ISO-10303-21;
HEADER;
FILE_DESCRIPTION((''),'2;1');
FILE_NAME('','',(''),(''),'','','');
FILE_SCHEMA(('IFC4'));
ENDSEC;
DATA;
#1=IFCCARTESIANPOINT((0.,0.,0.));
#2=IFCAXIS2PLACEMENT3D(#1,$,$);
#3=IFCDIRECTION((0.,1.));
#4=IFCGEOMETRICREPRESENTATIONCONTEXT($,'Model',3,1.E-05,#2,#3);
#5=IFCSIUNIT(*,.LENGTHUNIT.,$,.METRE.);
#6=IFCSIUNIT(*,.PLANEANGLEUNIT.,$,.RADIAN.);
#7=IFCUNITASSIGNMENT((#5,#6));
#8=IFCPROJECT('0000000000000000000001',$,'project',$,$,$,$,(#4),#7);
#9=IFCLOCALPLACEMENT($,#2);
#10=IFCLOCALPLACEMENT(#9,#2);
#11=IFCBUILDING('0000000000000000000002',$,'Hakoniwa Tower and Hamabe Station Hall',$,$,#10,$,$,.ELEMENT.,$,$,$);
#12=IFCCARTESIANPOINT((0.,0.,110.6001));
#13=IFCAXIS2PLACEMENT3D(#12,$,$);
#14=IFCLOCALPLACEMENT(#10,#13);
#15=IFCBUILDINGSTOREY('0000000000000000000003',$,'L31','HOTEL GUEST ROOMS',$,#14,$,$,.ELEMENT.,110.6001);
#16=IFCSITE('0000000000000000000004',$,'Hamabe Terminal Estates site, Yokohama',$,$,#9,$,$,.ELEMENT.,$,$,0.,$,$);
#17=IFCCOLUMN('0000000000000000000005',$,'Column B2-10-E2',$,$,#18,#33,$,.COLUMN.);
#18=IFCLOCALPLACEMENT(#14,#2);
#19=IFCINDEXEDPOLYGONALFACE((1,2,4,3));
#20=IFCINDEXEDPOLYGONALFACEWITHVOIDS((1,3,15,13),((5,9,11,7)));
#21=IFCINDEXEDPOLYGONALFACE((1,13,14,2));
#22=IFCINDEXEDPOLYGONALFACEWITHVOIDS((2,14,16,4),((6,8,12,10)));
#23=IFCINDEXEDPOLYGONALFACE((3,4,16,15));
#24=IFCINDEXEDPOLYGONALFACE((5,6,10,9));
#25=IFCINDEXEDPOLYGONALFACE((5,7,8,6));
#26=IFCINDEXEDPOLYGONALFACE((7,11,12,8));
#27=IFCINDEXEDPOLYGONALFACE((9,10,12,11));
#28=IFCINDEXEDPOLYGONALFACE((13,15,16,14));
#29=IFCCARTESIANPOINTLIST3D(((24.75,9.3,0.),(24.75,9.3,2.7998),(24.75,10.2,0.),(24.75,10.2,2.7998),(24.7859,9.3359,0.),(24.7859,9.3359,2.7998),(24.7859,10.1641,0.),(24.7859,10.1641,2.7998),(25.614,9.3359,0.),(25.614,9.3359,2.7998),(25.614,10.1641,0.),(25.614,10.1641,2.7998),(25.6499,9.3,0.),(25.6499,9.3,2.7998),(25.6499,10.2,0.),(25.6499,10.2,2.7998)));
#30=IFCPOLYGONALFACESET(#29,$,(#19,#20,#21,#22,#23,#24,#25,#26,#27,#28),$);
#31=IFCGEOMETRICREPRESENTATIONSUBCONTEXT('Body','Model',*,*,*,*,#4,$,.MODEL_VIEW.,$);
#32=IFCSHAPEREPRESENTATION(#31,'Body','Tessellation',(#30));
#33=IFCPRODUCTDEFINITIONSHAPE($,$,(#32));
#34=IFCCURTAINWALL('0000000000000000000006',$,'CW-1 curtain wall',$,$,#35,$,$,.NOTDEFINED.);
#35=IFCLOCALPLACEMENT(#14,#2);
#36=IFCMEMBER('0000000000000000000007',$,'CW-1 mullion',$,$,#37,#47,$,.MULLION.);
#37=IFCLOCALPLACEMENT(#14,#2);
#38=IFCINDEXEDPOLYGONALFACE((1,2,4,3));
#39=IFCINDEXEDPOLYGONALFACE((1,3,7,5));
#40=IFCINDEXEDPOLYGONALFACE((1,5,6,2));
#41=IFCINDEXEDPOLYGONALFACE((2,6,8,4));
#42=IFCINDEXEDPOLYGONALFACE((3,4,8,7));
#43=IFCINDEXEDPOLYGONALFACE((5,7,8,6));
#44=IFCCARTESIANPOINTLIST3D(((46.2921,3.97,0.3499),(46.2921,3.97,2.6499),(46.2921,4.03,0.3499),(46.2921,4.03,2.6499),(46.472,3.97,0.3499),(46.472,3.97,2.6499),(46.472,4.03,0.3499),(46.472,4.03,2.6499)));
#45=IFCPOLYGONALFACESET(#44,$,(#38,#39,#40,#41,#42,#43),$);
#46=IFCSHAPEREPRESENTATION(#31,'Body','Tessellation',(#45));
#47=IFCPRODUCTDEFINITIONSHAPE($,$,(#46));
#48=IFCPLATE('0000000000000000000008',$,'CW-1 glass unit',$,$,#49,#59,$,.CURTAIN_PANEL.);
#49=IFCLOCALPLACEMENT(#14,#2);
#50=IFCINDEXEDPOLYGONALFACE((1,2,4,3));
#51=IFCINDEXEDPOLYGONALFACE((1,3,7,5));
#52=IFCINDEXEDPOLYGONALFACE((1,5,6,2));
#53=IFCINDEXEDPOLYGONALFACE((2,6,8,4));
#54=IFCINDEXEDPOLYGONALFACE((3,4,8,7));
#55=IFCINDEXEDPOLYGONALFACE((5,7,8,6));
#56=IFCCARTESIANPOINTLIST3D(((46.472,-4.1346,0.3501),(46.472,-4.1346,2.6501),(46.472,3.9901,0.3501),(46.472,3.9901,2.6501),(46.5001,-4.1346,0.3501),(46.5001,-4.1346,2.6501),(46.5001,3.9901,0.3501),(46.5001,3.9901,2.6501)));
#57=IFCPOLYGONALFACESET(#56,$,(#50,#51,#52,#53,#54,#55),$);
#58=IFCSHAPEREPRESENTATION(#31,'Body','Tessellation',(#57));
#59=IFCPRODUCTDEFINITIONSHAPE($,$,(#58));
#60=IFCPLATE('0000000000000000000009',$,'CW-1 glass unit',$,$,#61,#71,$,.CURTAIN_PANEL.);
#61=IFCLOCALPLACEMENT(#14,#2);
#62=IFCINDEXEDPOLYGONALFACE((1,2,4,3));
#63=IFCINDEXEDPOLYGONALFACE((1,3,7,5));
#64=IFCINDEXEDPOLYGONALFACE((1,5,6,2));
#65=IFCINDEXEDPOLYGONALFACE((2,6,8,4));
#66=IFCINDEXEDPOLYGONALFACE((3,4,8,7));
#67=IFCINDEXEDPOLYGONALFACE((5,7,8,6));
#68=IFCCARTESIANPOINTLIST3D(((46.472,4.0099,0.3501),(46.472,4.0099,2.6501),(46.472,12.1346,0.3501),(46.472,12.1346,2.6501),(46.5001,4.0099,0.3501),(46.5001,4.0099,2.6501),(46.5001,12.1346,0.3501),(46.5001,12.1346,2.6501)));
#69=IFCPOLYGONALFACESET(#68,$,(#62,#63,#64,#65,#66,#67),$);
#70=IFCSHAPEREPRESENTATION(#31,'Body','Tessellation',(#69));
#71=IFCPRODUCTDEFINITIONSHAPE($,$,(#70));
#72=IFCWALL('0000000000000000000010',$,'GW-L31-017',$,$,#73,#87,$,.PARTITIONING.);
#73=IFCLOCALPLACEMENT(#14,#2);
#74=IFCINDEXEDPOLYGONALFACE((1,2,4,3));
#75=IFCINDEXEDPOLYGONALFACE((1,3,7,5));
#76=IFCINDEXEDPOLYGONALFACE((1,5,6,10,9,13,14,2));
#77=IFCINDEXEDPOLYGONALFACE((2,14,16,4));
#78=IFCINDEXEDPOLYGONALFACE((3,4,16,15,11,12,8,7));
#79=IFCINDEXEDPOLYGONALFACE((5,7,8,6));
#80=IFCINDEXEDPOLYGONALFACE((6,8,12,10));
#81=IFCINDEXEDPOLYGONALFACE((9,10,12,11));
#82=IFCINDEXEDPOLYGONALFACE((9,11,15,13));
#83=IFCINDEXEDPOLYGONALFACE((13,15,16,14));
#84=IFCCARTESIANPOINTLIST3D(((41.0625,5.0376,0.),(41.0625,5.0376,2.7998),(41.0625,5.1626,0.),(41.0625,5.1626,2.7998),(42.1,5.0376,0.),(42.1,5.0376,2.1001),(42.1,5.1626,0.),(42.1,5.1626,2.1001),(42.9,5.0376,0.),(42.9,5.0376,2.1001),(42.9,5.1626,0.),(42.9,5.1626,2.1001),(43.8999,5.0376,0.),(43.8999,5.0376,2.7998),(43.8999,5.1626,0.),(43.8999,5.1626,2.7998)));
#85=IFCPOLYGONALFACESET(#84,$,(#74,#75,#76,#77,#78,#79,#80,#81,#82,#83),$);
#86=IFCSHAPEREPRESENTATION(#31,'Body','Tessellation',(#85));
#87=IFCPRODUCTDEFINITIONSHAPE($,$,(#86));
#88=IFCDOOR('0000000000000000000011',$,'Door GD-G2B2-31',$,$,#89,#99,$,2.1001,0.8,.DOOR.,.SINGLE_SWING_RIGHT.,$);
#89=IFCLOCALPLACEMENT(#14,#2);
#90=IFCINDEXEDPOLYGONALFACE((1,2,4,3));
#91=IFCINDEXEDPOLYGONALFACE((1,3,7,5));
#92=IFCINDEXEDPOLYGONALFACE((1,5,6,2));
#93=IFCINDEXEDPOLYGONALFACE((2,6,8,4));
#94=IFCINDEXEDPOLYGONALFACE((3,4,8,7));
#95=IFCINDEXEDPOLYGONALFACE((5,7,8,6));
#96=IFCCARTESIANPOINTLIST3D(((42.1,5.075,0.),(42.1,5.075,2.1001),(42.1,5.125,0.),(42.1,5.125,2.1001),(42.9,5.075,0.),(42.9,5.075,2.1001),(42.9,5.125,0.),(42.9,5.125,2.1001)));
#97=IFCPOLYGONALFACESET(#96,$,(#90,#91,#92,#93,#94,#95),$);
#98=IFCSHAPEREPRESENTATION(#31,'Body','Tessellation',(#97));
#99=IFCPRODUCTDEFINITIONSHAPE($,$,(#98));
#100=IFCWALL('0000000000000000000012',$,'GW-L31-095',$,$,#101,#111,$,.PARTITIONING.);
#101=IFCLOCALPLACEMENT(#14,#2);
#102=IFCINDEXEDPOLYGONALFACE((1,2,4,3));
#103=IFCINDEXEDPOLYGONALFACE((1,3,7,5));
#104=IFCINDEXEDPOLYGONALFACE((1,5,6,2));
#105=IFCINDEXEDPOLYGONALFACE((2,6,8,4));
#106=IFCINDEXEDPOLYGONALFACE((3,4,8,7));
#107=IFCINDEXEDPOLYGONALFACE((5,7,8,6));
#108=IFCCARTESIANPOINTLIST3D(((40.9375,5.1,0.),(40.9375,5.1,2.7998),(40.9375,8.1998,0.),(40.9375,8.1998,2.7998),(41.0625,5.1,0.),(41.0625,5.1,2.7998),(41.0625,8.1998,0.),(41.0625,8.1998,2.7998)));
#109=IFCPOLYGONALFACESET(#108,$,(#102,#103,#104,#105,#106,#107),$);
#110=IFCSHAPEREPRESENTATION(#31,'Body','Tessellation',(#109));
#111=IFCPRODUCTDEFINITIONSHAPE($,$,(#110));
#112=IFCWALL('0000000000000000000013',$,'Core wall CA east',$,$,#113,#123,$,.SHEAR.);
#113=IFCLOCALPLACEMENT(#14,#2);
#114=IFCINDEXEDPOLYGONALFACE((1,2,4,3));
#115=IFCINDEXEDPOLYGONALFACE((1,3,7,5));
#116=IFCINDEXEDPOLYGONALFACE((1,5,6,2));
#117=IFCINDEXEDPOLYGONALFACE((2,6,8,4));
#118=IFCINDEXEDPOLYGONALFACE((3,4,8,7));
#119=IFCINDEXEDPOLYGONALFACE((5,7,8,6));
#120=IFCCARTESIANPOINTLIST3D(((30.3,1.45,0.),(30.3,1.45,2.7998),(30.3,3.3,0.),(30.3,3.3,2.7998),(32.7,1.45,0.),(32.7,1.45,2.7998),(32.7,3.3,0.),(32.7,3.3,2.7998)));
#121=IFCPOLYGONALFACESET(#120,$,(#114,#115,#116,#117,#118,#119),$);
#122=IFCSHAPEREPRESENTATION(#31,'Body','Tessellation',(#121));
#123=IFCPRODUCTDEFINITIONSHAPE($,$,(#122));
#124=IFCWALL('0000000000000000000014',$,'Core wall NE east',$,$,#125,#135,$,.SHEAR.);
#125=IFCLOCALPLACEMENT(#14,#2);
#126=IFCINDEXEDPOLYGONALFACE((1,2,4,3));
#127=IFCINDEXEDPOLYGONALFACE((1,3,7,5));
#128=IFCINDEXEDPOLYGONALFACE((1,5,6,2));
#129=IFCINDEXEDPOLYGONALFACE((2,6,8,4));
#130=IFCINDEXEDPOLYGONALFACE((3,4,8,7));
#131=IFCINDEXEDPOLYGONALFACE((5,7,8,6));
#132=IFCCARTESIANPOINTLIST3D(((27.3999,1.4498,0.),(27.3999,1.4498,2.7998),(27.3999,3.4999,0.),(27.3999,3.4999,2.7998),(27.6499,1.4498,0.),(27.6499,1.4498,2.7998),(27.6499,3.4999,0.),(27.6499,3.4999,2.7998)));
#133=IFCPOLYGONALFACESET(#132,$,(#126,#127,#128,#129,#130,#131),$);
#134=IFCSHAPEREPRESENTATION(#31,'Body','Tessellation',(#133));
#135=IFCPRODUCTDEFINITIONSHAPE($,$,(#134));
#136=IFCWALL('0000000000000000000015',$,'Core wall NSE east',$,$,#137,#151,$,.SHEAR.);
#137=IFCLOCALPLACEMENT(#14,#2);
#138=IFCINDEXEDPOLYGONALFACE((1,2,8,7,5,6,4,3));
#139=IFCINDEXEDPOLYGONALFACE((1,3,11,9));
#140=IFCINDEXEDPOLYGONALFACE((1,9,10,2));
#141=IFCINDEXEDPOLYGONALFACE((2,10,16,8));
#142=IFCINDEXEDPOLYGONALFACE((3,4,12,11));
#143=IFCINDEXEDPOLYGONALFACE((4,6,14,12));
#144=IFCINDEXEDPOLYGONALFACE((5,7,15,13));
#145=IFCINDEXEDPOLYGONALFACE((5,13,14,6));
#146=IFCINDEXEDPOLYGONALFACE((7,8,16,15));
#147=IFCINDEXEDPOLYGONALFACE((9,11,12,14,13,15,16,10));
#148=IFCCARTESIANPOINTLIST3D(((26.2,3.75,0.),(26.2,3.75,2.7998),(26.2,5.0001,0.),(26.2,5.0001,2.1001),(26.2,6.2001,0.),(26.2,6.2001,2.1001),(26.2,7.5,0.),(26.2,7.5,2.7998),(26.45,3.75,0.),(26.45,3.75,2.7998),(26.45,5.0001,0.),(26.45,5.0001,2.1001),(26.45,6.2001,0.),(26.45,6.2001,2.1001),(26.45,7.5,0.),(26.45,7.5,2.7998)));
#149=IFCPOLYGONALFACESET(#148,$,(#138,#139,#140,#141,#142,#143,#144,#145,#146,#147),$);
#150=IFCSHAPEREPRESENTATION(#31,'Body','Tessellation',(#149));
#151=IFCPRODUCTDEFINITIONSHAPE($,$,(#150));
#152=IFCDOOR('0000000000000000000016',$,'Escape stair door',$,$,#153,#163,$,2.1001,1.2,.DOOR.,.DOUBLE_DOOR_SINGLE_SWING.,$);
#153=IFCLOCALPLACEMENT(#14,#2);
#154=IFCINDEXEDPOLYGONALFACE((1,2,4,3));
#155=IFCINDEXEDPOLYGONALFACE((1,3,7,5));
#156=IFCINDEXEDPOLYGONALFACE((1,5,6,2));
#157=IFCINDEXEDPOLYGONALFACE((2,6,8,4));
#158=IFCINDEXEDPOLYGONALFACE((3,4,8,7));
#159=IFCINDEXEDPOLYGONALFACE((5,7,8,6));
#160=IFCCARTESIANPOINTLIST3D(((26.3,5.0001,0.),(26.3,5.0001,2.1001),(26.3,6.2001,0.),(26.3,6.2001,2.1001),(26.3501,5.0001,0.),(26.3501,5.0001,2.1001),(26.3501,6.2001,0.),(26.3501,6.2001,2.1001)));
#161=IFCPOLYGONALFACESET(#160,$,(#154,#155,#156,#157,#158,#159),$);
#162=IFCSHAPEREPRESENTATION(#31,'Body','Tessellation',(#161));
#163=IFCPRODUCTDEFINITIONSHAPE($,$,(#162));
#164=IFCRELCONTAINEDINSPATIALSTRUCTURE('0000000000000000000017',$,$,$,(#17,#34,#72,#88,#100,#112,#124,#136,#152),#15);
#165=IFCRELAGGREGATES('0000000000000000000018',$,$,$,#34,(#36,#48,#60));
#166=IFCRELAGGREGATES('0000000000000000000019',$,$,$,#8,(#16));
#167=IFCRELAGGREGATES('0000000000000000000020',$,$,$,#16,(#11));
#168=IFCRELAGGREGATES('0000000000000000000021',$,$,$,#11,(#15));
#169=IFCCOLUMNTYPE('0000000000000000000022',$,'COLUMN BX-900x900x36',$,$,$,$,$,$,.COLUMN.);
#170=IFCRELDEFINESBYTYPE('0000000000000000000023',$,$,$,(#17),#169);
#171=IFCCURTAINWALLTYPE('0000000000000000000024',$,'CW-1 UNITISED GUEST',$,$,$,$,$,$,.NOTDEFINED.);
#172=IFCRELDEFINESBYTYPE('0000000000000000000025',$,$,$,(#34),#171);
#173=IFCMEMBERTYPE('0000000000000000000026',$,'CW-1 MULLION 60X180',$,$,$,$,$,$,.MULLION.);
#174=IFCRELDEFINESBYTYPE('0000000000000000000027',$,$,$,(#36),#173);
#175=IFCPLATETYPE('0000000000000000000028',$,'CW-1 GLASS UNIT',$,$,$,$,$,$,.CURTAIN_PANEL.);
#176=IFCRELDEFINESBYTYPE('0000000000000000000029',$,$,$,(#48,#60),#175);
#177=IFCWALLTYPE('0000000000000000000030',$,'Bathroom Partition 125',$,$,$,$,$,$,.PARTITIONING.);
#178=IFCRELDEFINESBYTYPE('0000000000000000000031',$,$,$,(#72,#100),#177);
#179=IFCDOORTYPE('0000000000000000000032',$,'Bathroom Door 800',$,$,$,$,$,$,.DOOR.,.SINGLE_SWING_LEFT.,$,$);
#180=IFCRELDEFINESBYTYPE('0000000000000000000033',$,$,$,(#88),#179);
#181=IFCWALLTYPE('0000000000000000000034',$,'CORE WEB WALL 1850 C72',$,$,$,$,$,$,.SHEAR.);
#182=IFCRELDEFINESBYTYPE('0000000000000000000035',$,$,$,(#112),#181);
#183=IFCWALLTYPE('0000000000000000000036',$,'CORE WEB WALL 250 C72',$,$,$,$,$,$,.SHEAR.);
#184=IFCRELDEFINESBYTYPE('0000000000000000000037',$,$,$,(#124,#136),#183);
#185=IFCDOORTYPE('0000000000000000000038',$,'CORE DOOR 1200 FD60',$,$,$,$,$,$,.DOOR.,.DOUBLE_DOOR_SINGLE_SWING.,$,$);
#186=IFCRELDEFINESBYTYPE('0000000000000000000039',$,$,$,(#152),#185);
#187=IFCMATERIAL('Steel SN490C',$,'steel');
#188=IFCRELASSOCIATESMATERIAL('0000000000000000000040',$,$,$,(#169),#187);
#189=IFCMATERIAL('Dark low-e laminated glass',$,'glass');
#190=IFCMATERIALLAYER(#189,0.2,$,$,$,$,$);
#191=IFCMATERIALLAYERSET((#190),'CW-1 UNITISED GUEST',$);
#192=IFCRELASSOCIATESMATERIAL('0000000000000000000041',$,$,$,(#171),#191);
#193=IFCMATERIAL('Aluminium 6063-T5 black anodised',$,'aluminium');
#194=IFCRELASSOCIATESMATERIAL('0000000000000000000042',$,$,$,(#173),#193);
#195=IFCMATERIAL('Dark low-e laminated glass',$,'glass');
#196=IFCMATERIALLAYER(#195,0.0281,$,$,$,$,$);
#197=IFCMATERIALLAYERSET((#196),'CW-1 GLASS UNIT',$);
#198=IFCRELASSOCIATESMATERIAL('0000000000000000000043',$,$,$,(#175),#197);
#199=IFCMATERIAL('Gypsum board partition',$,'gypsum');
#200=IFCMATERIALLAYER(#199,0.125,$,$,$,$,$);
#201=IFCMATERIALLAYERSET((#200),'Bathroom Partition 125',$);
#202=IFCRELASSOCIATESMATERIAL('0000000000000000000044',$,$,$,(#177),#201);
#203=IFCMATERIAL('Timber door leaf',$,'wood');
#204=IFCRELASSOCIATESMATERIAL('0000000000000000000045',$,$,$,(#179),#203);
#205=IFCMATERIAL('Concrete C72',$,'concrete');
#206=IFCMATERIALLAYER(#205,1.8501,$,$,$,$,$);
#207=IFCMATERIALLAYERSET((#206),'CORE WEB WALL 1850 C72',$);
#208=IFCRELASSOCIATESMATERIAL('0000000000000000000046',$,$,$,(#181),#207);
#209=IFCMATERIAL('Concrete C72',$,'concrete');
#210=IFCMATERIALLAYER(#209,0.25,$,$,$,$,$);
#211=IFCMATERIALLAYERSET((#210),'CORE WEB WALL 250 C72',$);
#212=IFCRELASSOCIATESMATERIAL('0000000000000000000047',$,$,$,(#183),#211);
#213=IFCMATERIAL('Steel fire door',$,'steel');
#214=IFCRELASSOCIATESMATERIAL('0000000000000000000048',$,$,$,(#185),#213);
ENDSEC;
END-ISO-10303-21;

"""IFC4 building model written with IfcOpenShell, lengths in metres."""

from ifc_helpers import new_model, si_unit, direction, frame, frame_2d, origin, origin_2d, place, context, subcontext, project, spatial, rectangle, hollow_rectangle, extrude, material, layer, layer_set, material_profile, profile_set, type_object, element, fill, aggregate, save


model = new_model("IFC4")

# Units and contexts
model_context = context("Model", 3, precision=1e-05, world=origin(), true_north=direction((0.0, 1.0)))
body_context = subcontext(model_context, "Body", "Model", "MODEL_VIEW")
ifc_project = project(units=[si_unit("LENGTHUNIT", "METRE"), si_unit("PLANEANGLEUNIT", "RADIAN")], contexts=[model_context])

# Site, building, storey
site_placement = place(None, origin())
site = spatial("IfcSite", under=ifc_project, at=site_placement, Name="Hamabe Terminal Estates site, Yokohama", CompositionType="ELEMENT", RefElevation=0.0)
building_placement = place(site_placement, origin())
building = spatial("IfcBuilding", under=site, at=building_placement, Name="Hakoniwa Tower and Hamabe Station Hall", CompositionType="ELEMENT")
storey_placement = place(building_placement, frame((0.0, 0.0, 110.6001)))
storey = spatial("IfcBuildingStorey", under=building, at=storey_placement, Name="L31", Description="HOTEL GUEST ROOMS", CompositionType="ELEMENT", Elevation=110.6001)

# Column
ifc_material_1 = material(Name="Steel SN490C", Category="steel")
ifc_material_profile_1 = material_profile(ifc_material_1, hollow_rectangle(XDim=0.8999, YDim=0.8999, WallThickness=0.0359, at=origin_2d()), Name="BX-900x900x36")
ifc_profile_set_1 = profile_set([ifc_material_profile_1], Name="Steel SN490C")
column_type = type_object("IfcColumnType", Name="COLUMN BX-900x900x36", PredefinedType="COLUMN", material=ifc_profile_set_1)
column_placement = place(storey_placement, frame((25.2, 9.75, 0.0), z_axis=(0.0, 0.0, 1.0), x_axis=(1.0, 0.0, 0.0)))
element("IfcColumn", 1, at=column_placement, inside=storey, type_object=column_type, Name="Column B2-10-E2", PredefinedType="COLUMN", context=body_context, shape_type="SweptSolid", body=[
    extrude(hollow_rectangle(XDim=0.8999, YDim=0.8999, WallThickness=0.0359, at=origin_2d()), origin(), (0.0, 0.0, 1.0), 2.7998),
])

# Curtain wall, member, plates
ifc_material_2 = material(Name="Dark low-e laminated glass", Category="glass")
ifc_layer_1 = layer(ifc_material_2, 0.2)
ifc_layer_set_1 = layer_set([ifc_layer_1], Name="CW-1 UNITISED GUEST")
curtain_wall_type = type_object("IfcCurtainWallType", Name="CW-1 UNITISED GUEST", PredefinedType="NOTDEFINED", material=ifc_layer_set_1)
curtain_wall_placement = place(storey_placement, origin())
curtain_wall = element("IfcCurtainWall", 2, at=curtain_wall_placement, inside=storey, type_object=curtain_wall_type, Name="CW-1 curtain wall", PredefinedType="NOTDEFINED")
ifc_material_3 = material(Name="Aluminium 6063-T5 black anodised", Category="aluminium")
ifc_material_profile_2 = material_profile(ifc_material_3, rectangle(XDim=0.0601, YDim=0.1799, at=origin_2d()), Name="CW-1 MULLION 60X180")
ifc_profile_set_2 = profile_set([ifc_material_profile_2], Name="Aluminium 6063-T5 black anodised")
member_type = type_object("IfcMemberType", Name="CW-1 MULLION 60X180", PredefinedType="MULLION", material=ifc_profile_set_2)
member_placement = place(storey_placement, frame((46.3821, 4.0, 0.3499), z_axis=(0.0, 0.0, 1.0), x_axis=(0.0, 1.0, 0.0)))
member = element("IfcMember", 3, at=member_placement, type_object=member_type, Name="CW-1 mullion", PredefinedType="MULLION", context=body_context, shape_type="SweptSolid", body=[
    extrude(rectangle(XDim=0.0601, YDim=0.1799, at=origin_2d()), origin(), (0.0, 0.0, 1.0), 2.3),
])
ifc_material_4 = material(Name="Dark low-e laminated glass", Category="glass")
ifc_layer_2 = layer(ifc_material_4, 0.0281)
ifc_layer_set_2 = layer_set([ifc_layer_2], Name="CW-1 GLASS UNIT")
plate_type = type_object("IfcPlateType", Name="CW-1 GLASS UNIT", PredefinedType="CURTAIN_PANEL", material=ifc_layer_set_2)
plate_1_placement = place(storey_placement, frame((46.4861, -0.0723, 0.3501), z_axis=(0.0, 0.0, 1.0), x_axis=(0.0, 1.0, 0.0)))
plate_1 = element("IfcPlate", 4, at=plate_1_placement, type_object=plate_type, Name="CW-1 glass unit", PredefinedType="CURTAIN_PANEL", context=body_context, shape_type="SweptSolid", body=[
    extrude(rectangle(XDim=8.1248, YDim=0.0281, at=origin_2d()), origin(), (0.0, 0.0, 1.0), 2.3),
])
plate_2_placement = place(storey_placement, frame((46.4861, 8.0723, 0.3501), z_axis=(0.0, 0.0, 1.0), x_axis=(0.0, 1.0, 0.0)))
plate_2 = element("IfcPlate", 5, at=plate_2_placement, type_object=plate_type, Name="CW-1 glass unit", PredefinedType="CURTAIN_PANEL", context=body_context, shape_type="SweptSolid", body=[
    extrude(rectangle(XDim=8.1248, YDim=0.0281, at=origin_2d()), origin(), (0.0, 0.0, 1.0), 2.3),
])
aggregate(curtain_wall, [member, plate_1, plate_2])

# Wall, opening, door
ifc_material_5 = material(Name="Gypsum board partition", Category="gypsum")
ifc_layer_3 = layer(ifc_material_5, 0.125)
ifc_layer_set_3 = layer_set([ifc_layer_3], Name="Bathroom Partition 125")
wall_type_1 = type_object("IfcWallType", Name="Bathroom Partition 125", PredefinedType="PARTITIONING", material=ifc_layer_set_3)
wall_1_placement = place(storey_placement, frame((41.0625, 5.1001, 0.0), z_axis=(0.0, 0.0, 1.0), x_axis=(1.0, 0.0, 0.0)))
wall_1 = element("IfcWall", 6, at=wall_1_placement, inside=storey, type_object=wall_type_1, Name="GW-L31-017", PredefinedType="PARTITIONING", context=body_context, shape_type="SweptSolid", body=[
    extrude(rectangle(XDim=2.8374, YDim=0.125, at=frame_2d((1.4187, 0.0))), origin(), (0.0, 0.0, 1.0), 2.7998),
])
opening_1_placement = place(wall_1_placement, frame((1.0376, 0.0, 0.0)))
opening_1 = element("IfcOpeningElement", 7, at=opening_1_placement, cuts=wall_1, PredefinedType="OPENING", context=body_context, shape_type="SweptSolid", body=[
    extrude(rectangle(XDim=0.8, YDim=2.1001, at=frame_2d((0.3999, 1.05))), frame((0.0, 0.0725, 0.0), z_axis=(0.0, -1.0, 0.0), x_axis=(1.0, 0.0, 0.0)), (0.0, 0.0, 1.0), 0.145),
])
ifc_material_6 = material(Name="Timber door leaf", Category="wood")
door_type_1 = type_object("IfcDoorType", Name="Bathroom Door 800", OperationType="SINGLE_SWING_LEFT", PredefinedType="DOOR", material=ifc_material_6)
door_1_placement = place(opening_1_placement, origin())
door_1 = element("IfcDoor", 8, at=door_1_placement, inside=storey, type_object=door_type_1, Name="Door GD-G2B2-31", OperationType="SINGLE_SWING_RIGHT", OverallHeight=2.1001, OverallWidth=0.8, PredefinedType="DOOR", context=body_context, shape_type="SweptSolid", body=[
    extrude(rectangle(XDim=0.8, YDim=2.1001, at=frame_2d((0.3999, 1.05))), frame((0.0, 0.0249, 0.0), z_axis=(0.0, -1.0, 0.0), x_axis=(1.0, 0.0, 0.0)), (0.0, 0.0, 1.0), 0.05),
])
fill(opening_1, door_1)

# Walls
wall_2_placement = place(storey_placement, frame((41.0, 5.1001, 0.0), z_axis=(0.0, 0.0, 1.0), x_axis=(0.0, 1.0, 0.0)))
element("IfcWall", 9, at=wall_2_placement, inside=storey, type_object=wall_type_1, Name="GW-L31-095", PredefinedType="PARTITIONING", context=body_context, shape_type="SweptSolid", body=[
    extrude(rectangle(XDim=3.0999, YDim=0.125, at=frame_2d((1.5498, 0.0))), origin(), (0.0, 0.0, 1.0), 2.7998),
])
ifc_material_7 = material(Name="Concrete C72", Category="concrete")
ifc_layer_4 = layer(ifc_material_7, 1.8501)
ifc_layer_set_4 = layer_set([ifc_layer_4], Name="CORE WEB WALL 1850 C72")
wall_type_2 = type_object("IfcWallType", Name="CORE WEB WALL 1850 C72", PredefinedType="SHEAR", material=ifc_layer_set_4)
wall_3_placement = place(storey_placement, frame((30.3, 2.375, 0.0), z_axis=(0.0, 0.0, 1.0), x_axis=(1.0, 0.0, 0.0)))
element("IfcWall", 10, at=wall_3_placement, inside=storey, type_object=wall_type_2, Name="Core wall CA east", PredefinedType="SHEAR", context=body_context, shape_type="SweptSolid", body=[
    extrude(rectangle(XDim=2.3999, YDim=1.8501, at=frame_2d((1.2, 0.0))), origin(), (0.0, 0.0, 1.0), 2.7998),
])
ifc_material_8 = material(Name="Concrete C72", Category="concrete")
ifc_layer_5 = layer(ifc_material_8, 0.25)
ifc_layer_set_5 = layer_set([ifc_layer_5], Name="CORE WEB WALL 250 C72")
wall_type_3 = type_object("IfcWallType", Name="CORE WEB WALL 250 C72", PredefinedType="SHEAR", material=ifc_layer_set_5)
wall_4_placement = place(storey_placement, frame((27.5249, 1.45, 0.0), z_axis=(0.0, 0.0, 1.0), x_axis=(0.0, 1.0, 0.0)))
element("IfcWall", 11, at=wall_4_placement, inside=storey, type_object=wall_type_3, Name="Core wall NE east", PredefinedType="SHEAR", context=body_context, shape_type="SweptSolid", body=[
    extrude(rectangle(XDim=2.05, YDim=0.25, at=frame_2d((1.0249, 0.0))), origin(), (0.0, 0.0, 1.0), 2.7998),
])

# Wall, opening, door
wall_5_placement = place(storey_placement, frame((26.325, 3.75, 0.0), z_axis=(0.0, 0.0, 1.0), x_axis=(0.0, 1.0, 0.0)))
wall_5 = element("IfcWall", 12, at=wall_5_placement, inside=storey, type_object=wall_type_3, Name="Core wall NSE east", PredefinedType="SHEAR", context=body_context, shape_type="SweptSolid", body=[
    extrude(rectangle(XDim=3.75, YDim=0.25, at=frame_2d((1.875, 0.0))), origin(), (0.0, 0.0, 1.0), 2.7998),
])
opening_2_placement = place(wall_5_placement, frame((1.25, 0.0, 0.0)))
opening_2 = element("IfcOpeningElement", 13, at=opening_2_placement, cuts=wall_5, PredefinedType="OPENING", context=body_context, shape_type="SweptSolid", body=[
    extrude(rectangle(XDim=1.2, YDim=2.1001, at=frame_2d((0.6001, 1.05))), frame((0.0, 0.135, 0.0), z_axis=(0.0, -1.0, 0.0), x_axis=(1.0, 0.0, 0.0)), (0.0, 0.0, 1.0), 0.27),
])
ifc_material_9 = material(Name="Steel fire door", Category="steel")
door_type_2 = type_object("IfcDoorType", Name="CORE DOOR 1200 FD60", OperationType="DOUBLE_DOOR_SINGLE_SWING", PredefinedType="DOOR", material=ifc_material_9)
door_2_placement = place(opening_2_placement, origin())
door_2 = element("IfcDoor", 14, at=door_2_placement, inside=storey, type_object=door_type_2, Name="Escape stair door", OperationType="DOUBLE_DOOR_SINGLE_SWING", OverallHeight=2.1001, OverallWidth=1.2, PredefinedType="DOOR", context=body_context, shape_type="SweptSolid", body=[
    extrude(rectangle(XDim=1.2, YDim=2.1001, at=frame_2d((0.6001, 1.05))), frame((0.0, 0.0249, 0.0), z_axis=(0.0, -1.0, 0.0), x_axis=(1.0, 0.0, 0.0)), (0.0, 0.0, 1.0), 0.05),
])
fill(opening_2, door_2)

save(model, "model.ifc")
